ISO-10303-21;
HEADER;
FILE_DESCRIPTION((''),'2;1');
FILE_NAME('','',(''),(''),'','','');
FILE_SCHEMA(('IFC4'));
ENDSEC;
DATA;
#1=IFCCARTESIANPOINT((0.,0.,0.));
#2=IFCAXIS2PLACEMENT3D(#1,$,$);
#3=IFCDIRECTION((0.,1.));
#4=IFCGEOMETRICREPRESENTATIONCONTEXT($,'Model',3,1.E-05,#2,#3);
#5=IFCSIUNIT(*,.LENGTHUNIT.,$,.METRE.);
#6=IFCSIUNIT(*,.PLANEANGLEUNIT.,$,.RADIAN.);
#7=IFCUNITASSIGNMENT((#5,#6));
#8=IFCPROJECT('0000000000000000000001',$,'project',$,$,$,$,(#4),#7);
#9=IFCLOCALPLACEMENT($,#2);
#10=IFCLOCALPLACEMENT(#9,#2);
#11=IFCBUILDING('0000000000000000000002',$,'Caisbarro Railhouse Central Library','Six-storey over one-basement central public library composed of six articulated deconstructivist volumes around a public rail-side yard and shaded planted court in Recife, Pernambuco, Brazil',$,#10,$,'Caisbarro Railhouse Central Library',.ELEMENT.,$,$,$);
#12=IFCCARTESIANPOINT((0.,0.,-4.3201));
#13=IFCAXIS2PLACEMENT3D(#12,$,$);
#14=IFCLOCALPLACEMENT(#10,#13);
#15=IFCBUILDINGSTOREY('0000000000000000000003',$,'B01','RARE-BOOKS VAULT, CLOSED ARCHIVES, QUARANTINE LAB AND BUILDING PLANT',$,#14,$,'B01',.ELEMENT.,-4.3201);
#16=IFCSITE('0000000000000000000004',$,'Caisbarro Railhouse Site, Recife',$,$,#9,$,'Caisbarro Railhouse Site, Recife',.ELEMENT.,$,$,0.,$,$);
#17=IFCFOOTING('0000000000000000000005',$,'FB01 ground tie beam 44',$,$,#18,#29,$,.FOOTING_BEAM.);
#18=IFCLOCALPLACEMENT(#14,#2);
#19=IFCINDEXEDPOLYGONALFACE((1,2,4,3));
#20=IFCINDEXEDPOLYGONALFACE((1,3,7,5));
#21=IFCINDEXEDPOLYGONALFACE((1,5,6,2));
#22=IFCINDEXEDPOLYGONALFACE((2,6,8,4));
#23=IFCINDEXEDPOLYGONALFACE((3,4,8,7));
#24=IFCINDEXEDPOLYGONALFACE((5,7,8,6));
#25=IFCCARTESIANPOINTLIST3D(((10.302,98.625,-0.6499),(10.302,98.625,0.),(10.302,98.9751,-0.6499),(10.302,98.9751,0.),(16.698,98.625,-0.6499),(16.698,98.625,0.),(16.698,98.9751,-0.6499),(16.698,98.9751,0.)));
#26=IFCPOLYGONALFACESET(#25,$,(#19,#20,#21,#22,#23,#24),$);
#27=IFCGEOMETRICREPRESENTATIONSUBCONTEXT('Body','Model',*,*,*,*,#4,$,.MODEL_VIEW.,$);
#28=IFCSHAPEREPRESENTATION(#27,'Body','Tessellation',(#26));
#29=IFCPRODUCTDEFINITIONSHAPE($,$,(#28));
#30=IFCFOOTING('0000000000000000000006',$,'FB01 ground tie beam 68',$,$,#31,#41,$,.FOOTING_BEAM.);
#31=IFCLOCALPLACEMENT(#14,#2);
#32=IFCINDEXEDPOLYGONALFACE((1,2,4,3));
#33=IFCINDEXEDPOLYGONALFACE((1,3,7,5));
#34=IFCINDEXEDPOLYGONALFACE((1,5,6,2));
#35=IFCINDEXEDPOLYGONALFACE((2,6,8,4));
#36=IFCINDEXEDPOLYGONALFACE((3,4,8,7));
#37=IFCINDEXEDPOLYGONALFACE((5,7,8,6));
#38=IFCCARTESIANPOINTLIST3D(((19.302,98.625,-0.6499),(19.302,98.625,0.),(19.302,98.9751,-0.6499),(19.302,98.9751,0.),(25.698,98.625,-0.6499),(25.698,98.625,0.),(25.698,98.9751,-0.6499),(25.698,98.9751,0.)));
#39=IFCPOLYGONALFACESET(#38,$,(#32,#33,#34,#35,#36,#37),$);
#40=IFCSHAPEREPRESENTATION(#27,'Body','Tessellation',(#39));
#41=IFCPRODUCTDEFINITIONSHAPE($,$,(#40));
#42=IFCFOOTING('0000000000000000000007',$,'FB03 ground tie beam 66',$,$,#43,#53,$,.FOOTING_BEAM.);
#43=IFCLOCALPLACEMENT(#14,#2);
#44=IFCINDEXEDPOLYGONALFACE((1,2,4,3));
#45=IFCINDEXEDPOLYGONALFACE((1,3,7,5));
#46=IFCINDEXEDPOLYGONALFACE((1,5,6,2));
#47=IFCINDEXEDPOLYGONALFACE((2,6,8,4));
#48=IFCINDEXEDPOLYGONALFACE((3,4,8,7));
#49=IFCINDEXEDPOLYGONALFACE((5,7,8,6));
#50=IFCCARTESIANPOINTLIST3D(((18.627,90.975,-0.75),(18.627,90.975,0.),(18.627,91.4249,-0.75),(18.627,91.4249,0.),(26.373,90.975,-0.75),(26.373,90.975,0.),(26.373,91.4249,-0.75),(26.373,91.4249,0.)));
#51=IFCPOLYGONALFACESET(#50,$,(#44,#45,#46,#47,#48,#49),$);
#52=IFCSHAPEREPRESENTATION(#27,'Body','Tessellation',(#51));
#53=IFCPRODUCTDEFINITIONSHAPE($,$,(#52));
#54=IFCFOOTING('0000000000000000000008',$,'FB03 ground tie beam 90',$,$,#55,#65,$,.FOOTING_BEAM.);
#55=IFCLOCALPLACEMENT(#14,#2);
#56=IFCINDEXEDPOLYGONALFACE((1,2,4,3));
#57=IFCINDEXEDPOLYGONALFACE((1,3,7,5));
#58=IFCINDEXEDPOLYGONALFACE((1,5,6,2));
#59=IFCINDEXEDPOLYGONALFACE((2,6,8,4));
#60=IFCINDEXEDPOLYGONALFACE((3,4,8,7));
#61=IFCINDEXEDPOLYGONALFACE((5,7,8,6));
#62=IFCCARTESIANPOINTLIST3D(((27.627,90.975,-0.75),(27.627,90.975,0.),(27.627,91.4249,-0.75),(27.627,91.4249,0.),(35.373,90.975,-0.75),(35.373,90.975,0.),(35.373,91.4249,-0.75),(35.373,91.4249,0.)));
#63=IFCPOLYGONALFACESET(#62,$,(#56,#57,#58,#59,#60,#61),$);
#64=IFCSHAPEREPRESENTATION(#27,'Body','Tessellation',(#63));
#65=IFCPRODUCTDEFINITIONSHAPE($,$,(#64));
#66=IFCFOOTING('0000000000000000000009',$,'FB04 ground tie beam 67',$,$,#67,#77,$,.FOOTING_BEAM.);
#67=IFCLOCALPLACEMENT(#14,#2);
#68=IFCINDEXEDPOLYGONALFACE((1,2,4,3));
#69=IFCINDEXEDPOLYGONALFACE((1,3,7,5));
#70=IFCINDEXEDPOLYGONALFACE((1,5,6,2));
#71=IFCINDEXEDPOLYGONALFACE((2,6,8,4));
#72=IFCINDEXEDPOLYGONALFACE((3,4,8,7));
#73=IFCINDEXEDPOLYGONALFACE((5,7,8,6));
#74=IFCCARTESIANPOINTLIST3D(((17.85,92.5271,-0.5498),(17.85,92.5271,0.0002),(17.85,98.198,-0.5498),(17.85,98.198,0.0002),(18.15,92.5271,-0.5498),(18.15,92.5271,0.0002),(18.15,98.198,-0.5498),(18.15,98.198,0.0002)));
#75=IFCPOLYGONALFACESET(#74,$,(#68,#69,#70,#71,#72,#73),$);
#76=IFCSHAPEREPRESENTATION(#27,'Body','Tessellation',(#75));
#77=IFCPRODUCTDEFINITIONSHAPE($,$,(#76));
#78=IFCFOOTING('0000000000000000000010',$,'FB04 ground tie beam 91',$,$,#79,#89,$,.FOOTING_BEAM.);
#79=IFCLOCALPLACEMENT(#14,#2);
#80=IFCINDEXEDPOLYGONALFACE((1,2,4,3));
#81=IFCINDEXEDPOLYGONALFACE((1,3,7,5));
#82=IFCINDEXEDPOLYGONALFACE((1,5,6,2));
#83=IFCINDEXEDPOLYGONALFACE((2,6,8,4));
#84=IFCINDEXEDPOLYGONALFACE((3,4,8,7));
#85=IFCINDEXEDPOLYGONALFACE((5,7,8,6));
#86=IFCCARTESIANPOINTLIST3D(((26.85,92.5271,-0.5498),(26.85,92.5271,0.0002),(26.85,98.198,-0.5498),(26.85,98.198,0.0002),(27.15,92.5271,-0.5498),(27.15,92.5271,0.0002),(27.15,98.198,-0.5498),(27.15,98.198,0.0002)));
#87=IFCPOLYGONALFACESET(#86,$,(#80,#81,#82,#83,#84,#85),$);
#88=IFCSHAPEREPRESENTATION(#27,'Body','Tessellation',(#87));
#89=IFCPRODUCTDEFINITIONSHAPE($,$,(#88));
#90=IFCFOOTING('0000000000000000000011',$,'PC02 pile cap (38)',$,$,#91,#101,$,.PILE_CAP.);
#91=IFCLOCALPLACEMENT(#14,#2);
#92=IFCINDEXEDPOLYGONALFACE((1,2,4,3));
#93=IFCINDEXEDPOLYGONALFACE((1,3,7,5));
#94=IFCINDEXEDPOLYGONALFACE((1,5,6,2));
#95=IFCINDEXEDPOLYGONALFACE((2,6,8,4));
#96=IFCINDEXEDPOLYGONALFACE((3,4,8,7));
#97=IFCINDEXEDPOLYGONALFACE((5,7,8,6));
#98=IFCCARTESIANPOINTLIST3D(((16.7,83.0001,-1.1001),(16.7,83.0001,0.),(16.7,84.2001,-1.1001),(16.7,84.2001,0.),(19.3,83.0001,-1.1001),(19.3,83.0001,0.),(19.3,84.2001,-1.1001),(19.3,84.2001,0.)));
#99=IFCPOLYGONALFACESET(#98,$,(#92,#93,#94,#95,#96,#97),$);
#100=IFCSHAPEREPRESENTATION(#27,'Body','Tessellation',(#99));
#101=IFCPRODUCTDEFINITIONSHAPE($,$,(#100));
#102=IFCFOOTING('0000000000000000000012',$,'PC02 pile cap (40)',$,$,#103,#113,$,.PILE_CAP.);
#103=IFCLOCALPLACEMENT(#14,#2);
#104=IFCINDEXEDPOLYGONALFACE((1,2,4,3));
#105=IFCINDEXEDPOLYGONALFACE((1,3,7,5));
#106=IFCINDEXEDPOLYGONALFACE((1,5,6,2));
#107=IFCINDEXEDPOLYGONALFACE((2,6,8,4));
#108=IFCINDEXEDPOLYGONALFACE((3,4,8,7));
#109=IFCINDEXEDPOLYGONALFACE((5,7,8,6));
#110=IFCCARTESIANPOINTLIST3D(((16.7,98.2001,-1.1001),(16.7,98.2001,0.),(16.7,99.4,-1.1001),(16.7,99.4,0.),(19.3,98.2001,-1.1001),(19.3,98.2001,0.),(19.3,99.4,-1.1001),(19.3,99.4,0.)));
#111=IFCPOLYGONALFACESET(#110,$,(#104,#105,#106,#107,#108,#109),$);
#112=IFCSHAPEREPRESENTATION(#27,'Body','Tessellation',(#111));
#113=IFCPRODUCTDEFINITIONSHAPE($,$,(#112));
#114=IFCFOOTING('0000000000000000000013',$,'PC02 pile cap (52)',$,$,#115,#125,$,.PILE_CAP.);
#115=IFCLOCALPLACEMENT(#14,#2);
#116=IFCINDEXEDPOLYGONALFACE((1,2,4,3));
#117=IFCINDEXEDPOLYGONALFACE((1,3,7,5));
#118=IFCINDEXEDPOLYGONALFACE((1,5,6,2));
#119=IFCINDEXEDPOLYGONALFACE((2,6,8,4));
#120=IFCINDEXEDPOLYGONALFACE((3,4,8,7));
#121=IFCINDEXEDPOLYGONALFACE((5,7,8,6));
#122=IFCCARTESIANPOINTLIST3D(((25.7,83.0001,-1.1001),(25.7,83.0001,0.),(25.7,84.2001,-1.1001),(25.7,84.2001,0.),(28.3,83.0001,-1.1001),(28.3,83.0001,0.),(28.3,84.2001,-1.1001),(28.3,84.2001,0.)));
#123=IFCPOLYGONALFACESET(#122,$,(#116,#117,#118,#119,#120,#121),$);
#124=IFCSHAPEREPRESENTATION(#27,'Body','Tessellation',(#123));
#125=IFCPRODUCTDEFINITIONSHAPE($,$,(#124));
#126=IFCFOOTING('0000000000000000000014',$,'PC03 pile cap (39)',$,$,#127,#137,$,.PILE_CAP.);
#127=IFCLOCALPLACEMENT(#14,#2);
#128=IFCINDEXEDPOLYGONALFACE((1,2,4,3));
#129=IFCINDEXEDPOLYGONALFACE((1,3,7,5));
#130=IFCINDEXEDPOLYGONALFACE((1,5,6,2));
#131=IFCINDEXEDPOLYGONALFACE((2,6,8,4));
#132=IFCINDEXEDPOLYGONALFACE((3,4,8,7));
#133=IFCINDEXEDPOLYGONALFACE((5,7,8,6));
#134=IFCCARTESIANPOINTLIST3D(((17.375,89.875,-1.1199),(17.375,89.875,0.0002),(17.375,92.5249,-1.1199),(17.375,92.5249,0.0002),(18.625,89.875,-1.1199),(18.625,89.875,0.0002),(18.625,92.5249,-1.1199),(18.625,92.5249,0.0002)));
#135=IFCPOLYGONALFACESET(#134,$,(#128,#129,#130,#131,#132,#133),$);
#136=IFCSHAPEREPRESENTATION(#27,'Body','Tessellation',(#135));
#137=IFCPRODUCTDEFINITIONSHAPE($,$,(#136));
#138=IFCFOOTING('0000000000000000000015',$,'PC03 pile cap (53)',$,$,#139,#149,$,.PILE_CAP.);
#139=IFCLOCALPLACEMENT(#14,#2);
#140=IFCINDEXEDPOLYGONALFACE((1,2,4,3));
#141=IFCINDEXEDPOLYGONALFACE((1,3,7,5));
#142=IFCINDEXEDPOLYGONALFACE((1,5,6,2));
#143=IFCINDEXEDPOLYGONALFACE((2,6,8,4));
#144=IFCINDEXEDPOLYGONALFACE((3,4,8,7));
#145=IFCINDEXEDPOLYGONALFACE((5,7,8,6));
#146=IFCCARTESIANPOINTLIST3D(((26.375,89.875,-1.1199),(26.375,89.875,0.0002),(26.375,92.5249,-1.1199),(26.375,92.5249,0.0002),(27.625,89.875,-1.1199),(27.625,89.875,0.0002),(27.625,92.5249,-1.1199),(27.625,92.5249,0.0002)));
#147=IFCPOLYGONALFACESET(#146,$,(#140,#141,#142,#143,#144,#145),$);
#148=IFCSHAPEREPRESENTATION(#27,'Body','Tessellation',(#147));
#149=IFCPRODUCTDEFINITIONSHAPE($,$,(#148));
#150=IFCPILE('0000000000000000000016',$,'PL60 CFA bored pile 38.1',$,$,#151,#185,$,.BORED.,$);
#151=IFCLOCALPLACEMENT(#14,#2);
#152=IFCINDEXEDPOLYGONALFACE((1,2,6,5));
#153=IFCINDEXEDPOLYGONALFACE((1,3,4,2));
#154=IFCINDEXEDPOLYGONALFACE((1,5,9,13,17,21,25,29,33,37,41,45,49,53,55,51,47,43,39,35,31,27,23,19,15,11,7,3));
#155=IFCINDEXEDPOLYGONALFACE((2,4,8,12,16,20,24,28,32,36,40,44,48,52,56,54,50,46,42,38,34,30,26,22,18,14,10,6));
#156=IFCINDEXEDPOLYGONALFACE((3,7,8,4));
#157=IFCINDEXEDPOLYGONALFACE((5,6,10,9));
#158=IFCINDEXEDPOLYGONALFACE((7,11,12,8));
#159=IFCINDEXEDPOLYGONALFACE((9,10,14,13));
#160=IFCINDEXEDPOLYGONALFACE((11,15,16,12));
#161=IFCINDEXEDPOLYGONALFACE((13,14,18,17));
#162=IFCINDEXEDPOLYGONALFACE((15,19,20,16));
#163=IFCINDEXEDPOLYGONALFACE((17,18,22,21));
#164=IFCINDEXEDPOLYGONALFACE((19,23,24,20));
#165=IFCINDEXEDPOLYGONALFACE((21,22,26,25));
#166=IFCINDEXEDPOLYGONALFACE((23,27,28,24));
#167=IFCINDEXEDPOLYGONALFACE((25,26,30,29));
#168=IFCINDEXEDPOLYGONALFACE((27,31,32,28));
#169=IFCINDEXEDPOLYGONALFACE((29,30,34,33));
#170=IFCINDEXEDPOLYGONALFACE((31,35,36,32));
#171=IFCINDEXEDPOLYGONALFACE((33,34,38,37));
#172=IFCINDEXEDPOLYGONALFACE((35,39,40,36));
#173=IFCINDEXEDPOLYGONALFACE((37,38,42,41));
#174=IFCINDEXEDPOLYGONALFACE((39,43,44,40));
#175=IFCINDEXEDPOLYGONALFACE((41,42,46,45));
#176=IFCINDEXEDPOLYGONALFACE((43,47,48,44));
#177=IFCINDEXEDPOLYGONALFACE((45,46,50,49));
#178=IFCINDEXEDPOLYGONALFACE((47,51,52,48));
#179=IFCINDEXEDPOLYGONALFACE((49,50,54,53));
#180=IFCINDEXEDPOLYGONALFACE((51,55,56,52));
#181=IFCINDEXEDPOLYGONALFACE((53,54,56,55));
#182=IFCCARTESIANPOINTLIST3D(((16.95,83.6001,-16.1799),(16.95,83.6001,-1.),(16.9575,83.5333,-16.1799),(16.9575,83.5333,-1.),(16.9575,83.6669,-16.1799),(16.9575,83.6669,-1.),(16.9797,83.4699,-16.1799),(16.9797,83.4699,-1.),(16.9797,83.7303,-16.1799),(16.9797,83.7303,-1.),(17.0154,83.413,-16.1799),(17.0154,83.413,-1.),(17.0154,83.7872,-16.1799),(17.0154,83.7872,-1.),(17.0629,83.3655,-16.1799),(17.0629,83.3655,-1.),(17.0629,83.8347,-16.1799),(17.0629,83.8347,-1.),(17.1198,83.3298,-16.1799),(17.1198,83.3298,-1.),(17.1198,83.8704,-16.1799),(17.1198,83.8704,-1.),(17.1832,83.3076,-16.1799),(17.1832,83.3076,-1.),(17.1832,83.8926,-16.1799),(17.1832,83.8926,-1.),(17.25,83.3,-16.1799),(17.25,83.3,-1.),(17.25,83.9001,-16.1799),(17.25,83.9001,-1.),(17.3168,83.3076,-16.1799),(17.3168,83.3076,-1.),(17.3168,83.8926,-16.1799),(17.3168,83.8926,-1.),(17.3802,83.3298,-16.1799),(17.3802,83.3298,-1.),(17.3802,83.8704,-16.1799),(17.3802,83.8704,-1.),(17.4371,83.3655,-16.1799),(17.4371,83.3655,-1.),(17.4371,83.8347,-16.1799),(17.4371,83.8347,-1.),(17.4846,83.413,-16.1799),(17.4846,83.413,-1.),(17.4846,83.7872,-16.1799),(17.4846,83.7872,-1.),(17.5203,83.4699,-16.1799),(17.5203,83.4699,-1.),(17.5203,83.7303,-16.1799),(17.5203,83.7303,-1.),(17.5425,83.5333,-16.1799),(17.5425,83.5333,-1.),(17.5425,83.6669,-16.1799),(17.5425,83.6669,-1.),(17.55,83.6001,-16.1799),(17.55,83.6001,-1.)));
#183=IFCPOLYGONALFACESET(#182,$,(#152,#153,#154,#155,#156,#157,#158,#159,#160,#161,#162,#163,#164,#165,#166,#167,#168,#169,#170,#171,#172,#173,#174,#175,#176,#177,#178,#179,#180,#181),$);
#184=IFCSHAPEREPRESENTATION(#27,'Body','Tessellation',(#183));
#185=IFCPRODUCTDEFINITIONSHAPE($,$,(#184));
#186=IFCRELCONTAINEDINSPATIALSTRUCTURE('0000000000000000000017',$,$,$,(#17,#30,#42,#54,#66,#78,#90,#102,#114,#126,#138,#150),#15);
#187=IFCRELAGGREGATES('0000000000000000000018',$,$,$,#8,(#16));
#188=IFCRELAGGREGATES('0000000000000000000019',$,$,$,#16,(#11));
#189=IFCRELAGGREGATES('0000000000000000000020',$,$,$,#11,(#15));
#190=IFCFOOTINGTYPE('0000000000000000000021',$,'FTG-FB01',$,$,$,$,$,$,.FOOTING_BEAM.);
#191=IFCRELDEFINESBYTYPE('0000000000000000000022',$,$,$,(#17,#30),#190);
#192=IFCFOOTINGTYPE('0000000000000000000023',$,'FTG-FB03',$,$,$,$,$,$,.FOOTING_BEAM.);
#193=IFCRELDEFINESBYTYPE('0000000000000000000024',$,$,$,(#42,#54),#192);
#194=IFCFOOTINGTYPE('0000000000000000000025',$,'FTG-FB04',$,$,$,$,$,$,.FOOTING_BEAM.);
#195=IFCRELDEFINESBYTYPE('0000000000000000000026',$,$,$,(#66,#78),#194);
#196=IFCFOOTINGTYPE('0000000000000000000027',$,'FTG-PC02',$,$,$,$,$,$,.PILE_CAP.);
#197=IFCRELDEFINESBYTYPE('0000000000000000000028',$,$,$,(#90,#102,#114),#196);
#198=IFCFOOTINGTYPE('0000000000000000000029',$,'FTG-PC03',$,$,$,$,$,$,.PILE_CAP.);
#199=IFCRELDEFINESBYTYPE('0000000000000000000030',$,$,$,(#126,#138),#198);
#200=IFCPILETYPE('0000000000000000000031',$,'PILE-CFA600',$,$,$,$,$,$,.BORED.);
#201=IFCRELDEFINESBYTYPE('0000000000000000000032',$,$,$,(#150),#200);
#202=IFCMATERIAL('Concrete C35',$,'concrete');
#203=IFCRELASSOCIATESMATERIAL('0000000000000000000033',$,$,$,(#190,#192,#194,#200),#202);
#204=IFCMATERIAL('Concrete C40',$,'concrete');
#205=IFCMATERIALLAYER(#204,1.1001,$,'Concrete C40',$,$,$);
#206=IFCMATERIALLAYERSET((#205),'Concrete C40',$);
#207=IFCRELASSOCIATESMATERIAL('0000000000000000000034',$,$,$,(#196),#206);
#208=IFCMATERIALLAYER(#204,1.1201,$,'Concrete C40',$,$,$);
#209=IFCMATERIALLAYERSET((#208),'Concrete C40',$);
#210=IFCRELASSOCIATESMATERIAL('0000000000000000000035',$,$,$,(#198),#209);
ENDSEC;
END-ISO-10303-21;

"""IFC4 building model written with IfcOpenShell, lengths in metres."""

from ifc_helpers import new_model, si_unit, direction, frame, origin, origin_2d, place, context, subcontext, project, spatial, rectangle, circle, extrude, material, layer, layer_set, material_profile, profile_set, type_object, element, save


model = new_model("IFC4")

# Units and contexts
model_context = context("Model", 3, precision=1e-05, world=origin(), true_north=direction((0.0, 1.0)))
body_context = subcontext(model_context, "Body", "Model", "MODEL_VIEW")
ifc_project = project(units=[si_unit("LENGTHUNIT", "METRE"), si_unit("PLANEANGLEUNIT", "RADIAN")], contexts=[model_context])

# Site, building, storey
site_placement = place(None, origin())
site = spatial("IfcSite", under=ifc_project, at=site_placement, Name="Caisbarro Railhouse Site, Recife", LongName="Caisbarro Railhouse Site, Recife", CompositionType="ELEMENT", RefElevation=0.0)
building_placement = place(site_placement, origin())
building = spatial("IfcBuilding", under=site, at=building_placement, Name="Caisbarro Railhouse Central Library", Description="Six-storey over one-basement central public library composed of six articulated deconstructivist volumes around a public rail-side yard and shaded planted court in Recife, Pernambuco, Brazil", LongName="Caisbarro Railhouse Central Library", CompositionType="ELEMENT")
storey_placement = place(building_placement, frame((0.0, 0.0, -4.3201)))
storey = spatial("IfcBuildingStorey", under=building, at=storey_placement, Name="B01", Description="RARE-BOOKS VAULT, CLOSED ARCHIVES, QUARANTINE LAB AND BUILDING PLANT", LongName="B01", CompositionType="ELEMENT", Elevation=-4.3201)

# Footings
ifc_material_1 = material(Name="Concrete C35", Category="concrete")
footing_type_1 = type_object("IfcFootingType", Name="FTG-FB01", PredefinedType="FOOTING_BEAM", material=ifc_material_1)
for number, where, z_axis, x_axis, name in (
    (1, (13.5, 98.8, -0.6499), (0.0, 0.0, 1.0), (1.0, 0.0, 0.0), "FB01 ground tie beam 44"),
    (2, (22.5, 98.8, -0.6499), (0.0, 0.0, 1.0), (1.0, 0.0, 0.0), "FB01 ground tie beam 68"),
):
    element("IfcFooting", number, at=place(storey_placement, frame(where, z_axis=z_axis, x_axis=x_axis)), inside=storey, type_object=footing_type_1, Name=name, PredefinedType="FOOTING_BEAM", context=body_context, shape_type="SweptSolid", body=[
        extrude(rectangle(XDim=6.396, YDim=0.3501, at=origin_2d()), origin(), (0.0, 0.0, 1.0), 0.6499),
    ])
footing_type_2 = type_object("IfcFootingType", Name="FTG-FB03", PredefinedType="FOOTING_BEAM", material=ifc_material_1)
for number, where, z_axis, x_axis, name in (
    (3, (22.5, 91.2, -0.75), (0.0, 0.0, 1.0), (1.0, 0.0, 0.0), "FB03 ground tie beam 66"),
    (4, (31.5, 91.2, -0.75), (0.0, 0.0, 1.0), (1.0, 0.0, 0.0), "FB03 ground tie beam 90"),
):
    element("IfcFooting", number, at=place(storey_placement, frame(where, z_axis=z_axis, x_axis=x_axis)), inside=storey, type_object=footing_type_2, Name=name, PredefinedType="FOOTING_BEAM", context=body_context, shape_type="SweptSolid", body=[
        extrude(rectangle(XDim=7.7461, YDim=0.45, at=origin_2d()), origin(), (0.0, 0.0, 1.0), 0.75),
    ])
footing_type_3 = type_object("IfcFootingType", Name="FTG-FB04", PredefinedType="FOOTING_BEAM", material=ifc_material_1)
for number, where, z_axis, x_axis, name in (
    (5, (18.0, 95.3625, -0.5498), (0.0, 0.0, 1.0), (0.0, 1.0, 0.0), "FB04 ground tie beam 67"),
    (6, (27.0, 95.3625, -0.5498), (0.0, 0.0, 1.0), (0.0, 1.0, 0.0), "FB04 ground tie beam 91"),
):
    element("IfcFooting", number, at=place(storey_placement, frame(where, z_axis=z_axis, x_axis=x_axis)), inside=storey, type_object=footing_type_3, Name=name, PredefinedType="FOOTING_BEAM", context=body_context, shape_type="SweptSolid", body=[
        extrude(rectangle(XDim=5.6709, YDim=0.3, at=origin_2d()), origin(), (0.0, 0.0, 1.0), 0.55),
    ])
ifc_material_2 = material(Name="Concrete C40", Category="concrete")
ifc_layer_1 = layer(ifc_material_2, 1.1001, Name="Concrete C40")
ifc_layer_set_1 = layer_set([ifc_layer_1], Name="Concrete C40")
footing_type_4 = type_object("IfcFootingType", Name="FTG-PC02", PredefinedType="PILE_CAP", material=ifc_layer_set_1)
for number, where, z_axis, x_axis, name in (
    (7, (18.0, 83.6001, -1.1001), (0.0, 0.0, 1.0), (1.0, 0.0, 0.0), "PC02 pile cap (38)"),
    (8, (18.0, 98.8, -1.1001), (0.0, 0.0, 1.0), (1.0, 0.0, 0.0), "PC02 pile cap (40)"),
    (9, (27.0, 83.6001, -1.1001), (0.0, 0.0, 1.0), (1.0, 0.0, 0.0), "PC02 pile cap (52)"),
):
    element("IfcFooting", number, at=place(storey_placement, frame(where, z_axis=z_axis, x_axis=x_axis)), inside=storey, type_object=footing_type_4, Name=name, PredefinedType="PILE_CAP", context=body_context, shape_type="SweptSolid", body=[
        extrude(rectangle(XDim=2.6001, YDim=1.2, at=origin_2d()), origin(), (0.0, 0.0, 1.0), 1.1001),
    ])
ifc_layer_2 = layer(ifc_material_2, 1.1201, Name="Concrete C40")
ifc_layer_set_2 = layer_set([ifc_layer_2], Name="Concrete C40")
footing_type_5 = type_object("IfcFootingType", Name="FTG-PC03", PredefinedType="PILE_CAP", material=ifc_layer_set_2)
for number, where, z_axis, x_axis, name in (
    (10, (18.0, 91.2, -1.1199), (0.0, 0.0, 1.0), (1.0, 0.0, 0.0), "PC03 pile cap (39)"),
    (11, (27.0, 91.2, -1.1199), (0.0, 0.0, 1.0), (1.0, 0.0, 0.0), "PC03 pile cap (53)"),
):
    element("IfcFooting", number, at=place(storey_placement, frame(where, z_axis=z_axis, x_axis=x_axis)), inside=storey, type_object=footing_type_5, Name=name, PredefinedType="PILE_CAP", context=body_context, shape_type="SweptSolid", body=[
        extrude(rectangle(XDim=1.25, YDim=2.6499, at=origin_2d()), origin(), (0.0, 0.0, 1.0), 1.1201),
    ])

# Pile
ifc_material_profile_1 = material_profile(ifc_material_1, circle(Radius=0.3, at=origin_2d()), Name="PILE-CFA-600")
ifc_profile_set_1 = profile_set([ifc_material_profile_1], Name="Concrete C35")
pile_type = type_object("IfcPileType", Name="PILE-CFA600", PredefinedType="BORED", material=ifc_profile_set_1)
for number, where, z_axis, x_axis, name in (
    (12, (17.25, 83.6001, -1.0), (0.0, 0.0, -1.0), (1.0, 0.0, 0.0), "PL60 CFA bored pile 38.1"),
):
    element("IfcPile", number, at=place(storey_placement, frame(where, z_axis=z_axis, x_axis=x_axis)), inside=storey, type_object=pile_type, Name=name, PredefinedType="BORED", context=body_context, shape_type="SweptSolid", body=[
        extrude(circle(Radius=0.3, at=origin_2d()), origin(), (0.0, 0.0, 1.0), 15.1799),
    ])

save(model, "model.ifc")
